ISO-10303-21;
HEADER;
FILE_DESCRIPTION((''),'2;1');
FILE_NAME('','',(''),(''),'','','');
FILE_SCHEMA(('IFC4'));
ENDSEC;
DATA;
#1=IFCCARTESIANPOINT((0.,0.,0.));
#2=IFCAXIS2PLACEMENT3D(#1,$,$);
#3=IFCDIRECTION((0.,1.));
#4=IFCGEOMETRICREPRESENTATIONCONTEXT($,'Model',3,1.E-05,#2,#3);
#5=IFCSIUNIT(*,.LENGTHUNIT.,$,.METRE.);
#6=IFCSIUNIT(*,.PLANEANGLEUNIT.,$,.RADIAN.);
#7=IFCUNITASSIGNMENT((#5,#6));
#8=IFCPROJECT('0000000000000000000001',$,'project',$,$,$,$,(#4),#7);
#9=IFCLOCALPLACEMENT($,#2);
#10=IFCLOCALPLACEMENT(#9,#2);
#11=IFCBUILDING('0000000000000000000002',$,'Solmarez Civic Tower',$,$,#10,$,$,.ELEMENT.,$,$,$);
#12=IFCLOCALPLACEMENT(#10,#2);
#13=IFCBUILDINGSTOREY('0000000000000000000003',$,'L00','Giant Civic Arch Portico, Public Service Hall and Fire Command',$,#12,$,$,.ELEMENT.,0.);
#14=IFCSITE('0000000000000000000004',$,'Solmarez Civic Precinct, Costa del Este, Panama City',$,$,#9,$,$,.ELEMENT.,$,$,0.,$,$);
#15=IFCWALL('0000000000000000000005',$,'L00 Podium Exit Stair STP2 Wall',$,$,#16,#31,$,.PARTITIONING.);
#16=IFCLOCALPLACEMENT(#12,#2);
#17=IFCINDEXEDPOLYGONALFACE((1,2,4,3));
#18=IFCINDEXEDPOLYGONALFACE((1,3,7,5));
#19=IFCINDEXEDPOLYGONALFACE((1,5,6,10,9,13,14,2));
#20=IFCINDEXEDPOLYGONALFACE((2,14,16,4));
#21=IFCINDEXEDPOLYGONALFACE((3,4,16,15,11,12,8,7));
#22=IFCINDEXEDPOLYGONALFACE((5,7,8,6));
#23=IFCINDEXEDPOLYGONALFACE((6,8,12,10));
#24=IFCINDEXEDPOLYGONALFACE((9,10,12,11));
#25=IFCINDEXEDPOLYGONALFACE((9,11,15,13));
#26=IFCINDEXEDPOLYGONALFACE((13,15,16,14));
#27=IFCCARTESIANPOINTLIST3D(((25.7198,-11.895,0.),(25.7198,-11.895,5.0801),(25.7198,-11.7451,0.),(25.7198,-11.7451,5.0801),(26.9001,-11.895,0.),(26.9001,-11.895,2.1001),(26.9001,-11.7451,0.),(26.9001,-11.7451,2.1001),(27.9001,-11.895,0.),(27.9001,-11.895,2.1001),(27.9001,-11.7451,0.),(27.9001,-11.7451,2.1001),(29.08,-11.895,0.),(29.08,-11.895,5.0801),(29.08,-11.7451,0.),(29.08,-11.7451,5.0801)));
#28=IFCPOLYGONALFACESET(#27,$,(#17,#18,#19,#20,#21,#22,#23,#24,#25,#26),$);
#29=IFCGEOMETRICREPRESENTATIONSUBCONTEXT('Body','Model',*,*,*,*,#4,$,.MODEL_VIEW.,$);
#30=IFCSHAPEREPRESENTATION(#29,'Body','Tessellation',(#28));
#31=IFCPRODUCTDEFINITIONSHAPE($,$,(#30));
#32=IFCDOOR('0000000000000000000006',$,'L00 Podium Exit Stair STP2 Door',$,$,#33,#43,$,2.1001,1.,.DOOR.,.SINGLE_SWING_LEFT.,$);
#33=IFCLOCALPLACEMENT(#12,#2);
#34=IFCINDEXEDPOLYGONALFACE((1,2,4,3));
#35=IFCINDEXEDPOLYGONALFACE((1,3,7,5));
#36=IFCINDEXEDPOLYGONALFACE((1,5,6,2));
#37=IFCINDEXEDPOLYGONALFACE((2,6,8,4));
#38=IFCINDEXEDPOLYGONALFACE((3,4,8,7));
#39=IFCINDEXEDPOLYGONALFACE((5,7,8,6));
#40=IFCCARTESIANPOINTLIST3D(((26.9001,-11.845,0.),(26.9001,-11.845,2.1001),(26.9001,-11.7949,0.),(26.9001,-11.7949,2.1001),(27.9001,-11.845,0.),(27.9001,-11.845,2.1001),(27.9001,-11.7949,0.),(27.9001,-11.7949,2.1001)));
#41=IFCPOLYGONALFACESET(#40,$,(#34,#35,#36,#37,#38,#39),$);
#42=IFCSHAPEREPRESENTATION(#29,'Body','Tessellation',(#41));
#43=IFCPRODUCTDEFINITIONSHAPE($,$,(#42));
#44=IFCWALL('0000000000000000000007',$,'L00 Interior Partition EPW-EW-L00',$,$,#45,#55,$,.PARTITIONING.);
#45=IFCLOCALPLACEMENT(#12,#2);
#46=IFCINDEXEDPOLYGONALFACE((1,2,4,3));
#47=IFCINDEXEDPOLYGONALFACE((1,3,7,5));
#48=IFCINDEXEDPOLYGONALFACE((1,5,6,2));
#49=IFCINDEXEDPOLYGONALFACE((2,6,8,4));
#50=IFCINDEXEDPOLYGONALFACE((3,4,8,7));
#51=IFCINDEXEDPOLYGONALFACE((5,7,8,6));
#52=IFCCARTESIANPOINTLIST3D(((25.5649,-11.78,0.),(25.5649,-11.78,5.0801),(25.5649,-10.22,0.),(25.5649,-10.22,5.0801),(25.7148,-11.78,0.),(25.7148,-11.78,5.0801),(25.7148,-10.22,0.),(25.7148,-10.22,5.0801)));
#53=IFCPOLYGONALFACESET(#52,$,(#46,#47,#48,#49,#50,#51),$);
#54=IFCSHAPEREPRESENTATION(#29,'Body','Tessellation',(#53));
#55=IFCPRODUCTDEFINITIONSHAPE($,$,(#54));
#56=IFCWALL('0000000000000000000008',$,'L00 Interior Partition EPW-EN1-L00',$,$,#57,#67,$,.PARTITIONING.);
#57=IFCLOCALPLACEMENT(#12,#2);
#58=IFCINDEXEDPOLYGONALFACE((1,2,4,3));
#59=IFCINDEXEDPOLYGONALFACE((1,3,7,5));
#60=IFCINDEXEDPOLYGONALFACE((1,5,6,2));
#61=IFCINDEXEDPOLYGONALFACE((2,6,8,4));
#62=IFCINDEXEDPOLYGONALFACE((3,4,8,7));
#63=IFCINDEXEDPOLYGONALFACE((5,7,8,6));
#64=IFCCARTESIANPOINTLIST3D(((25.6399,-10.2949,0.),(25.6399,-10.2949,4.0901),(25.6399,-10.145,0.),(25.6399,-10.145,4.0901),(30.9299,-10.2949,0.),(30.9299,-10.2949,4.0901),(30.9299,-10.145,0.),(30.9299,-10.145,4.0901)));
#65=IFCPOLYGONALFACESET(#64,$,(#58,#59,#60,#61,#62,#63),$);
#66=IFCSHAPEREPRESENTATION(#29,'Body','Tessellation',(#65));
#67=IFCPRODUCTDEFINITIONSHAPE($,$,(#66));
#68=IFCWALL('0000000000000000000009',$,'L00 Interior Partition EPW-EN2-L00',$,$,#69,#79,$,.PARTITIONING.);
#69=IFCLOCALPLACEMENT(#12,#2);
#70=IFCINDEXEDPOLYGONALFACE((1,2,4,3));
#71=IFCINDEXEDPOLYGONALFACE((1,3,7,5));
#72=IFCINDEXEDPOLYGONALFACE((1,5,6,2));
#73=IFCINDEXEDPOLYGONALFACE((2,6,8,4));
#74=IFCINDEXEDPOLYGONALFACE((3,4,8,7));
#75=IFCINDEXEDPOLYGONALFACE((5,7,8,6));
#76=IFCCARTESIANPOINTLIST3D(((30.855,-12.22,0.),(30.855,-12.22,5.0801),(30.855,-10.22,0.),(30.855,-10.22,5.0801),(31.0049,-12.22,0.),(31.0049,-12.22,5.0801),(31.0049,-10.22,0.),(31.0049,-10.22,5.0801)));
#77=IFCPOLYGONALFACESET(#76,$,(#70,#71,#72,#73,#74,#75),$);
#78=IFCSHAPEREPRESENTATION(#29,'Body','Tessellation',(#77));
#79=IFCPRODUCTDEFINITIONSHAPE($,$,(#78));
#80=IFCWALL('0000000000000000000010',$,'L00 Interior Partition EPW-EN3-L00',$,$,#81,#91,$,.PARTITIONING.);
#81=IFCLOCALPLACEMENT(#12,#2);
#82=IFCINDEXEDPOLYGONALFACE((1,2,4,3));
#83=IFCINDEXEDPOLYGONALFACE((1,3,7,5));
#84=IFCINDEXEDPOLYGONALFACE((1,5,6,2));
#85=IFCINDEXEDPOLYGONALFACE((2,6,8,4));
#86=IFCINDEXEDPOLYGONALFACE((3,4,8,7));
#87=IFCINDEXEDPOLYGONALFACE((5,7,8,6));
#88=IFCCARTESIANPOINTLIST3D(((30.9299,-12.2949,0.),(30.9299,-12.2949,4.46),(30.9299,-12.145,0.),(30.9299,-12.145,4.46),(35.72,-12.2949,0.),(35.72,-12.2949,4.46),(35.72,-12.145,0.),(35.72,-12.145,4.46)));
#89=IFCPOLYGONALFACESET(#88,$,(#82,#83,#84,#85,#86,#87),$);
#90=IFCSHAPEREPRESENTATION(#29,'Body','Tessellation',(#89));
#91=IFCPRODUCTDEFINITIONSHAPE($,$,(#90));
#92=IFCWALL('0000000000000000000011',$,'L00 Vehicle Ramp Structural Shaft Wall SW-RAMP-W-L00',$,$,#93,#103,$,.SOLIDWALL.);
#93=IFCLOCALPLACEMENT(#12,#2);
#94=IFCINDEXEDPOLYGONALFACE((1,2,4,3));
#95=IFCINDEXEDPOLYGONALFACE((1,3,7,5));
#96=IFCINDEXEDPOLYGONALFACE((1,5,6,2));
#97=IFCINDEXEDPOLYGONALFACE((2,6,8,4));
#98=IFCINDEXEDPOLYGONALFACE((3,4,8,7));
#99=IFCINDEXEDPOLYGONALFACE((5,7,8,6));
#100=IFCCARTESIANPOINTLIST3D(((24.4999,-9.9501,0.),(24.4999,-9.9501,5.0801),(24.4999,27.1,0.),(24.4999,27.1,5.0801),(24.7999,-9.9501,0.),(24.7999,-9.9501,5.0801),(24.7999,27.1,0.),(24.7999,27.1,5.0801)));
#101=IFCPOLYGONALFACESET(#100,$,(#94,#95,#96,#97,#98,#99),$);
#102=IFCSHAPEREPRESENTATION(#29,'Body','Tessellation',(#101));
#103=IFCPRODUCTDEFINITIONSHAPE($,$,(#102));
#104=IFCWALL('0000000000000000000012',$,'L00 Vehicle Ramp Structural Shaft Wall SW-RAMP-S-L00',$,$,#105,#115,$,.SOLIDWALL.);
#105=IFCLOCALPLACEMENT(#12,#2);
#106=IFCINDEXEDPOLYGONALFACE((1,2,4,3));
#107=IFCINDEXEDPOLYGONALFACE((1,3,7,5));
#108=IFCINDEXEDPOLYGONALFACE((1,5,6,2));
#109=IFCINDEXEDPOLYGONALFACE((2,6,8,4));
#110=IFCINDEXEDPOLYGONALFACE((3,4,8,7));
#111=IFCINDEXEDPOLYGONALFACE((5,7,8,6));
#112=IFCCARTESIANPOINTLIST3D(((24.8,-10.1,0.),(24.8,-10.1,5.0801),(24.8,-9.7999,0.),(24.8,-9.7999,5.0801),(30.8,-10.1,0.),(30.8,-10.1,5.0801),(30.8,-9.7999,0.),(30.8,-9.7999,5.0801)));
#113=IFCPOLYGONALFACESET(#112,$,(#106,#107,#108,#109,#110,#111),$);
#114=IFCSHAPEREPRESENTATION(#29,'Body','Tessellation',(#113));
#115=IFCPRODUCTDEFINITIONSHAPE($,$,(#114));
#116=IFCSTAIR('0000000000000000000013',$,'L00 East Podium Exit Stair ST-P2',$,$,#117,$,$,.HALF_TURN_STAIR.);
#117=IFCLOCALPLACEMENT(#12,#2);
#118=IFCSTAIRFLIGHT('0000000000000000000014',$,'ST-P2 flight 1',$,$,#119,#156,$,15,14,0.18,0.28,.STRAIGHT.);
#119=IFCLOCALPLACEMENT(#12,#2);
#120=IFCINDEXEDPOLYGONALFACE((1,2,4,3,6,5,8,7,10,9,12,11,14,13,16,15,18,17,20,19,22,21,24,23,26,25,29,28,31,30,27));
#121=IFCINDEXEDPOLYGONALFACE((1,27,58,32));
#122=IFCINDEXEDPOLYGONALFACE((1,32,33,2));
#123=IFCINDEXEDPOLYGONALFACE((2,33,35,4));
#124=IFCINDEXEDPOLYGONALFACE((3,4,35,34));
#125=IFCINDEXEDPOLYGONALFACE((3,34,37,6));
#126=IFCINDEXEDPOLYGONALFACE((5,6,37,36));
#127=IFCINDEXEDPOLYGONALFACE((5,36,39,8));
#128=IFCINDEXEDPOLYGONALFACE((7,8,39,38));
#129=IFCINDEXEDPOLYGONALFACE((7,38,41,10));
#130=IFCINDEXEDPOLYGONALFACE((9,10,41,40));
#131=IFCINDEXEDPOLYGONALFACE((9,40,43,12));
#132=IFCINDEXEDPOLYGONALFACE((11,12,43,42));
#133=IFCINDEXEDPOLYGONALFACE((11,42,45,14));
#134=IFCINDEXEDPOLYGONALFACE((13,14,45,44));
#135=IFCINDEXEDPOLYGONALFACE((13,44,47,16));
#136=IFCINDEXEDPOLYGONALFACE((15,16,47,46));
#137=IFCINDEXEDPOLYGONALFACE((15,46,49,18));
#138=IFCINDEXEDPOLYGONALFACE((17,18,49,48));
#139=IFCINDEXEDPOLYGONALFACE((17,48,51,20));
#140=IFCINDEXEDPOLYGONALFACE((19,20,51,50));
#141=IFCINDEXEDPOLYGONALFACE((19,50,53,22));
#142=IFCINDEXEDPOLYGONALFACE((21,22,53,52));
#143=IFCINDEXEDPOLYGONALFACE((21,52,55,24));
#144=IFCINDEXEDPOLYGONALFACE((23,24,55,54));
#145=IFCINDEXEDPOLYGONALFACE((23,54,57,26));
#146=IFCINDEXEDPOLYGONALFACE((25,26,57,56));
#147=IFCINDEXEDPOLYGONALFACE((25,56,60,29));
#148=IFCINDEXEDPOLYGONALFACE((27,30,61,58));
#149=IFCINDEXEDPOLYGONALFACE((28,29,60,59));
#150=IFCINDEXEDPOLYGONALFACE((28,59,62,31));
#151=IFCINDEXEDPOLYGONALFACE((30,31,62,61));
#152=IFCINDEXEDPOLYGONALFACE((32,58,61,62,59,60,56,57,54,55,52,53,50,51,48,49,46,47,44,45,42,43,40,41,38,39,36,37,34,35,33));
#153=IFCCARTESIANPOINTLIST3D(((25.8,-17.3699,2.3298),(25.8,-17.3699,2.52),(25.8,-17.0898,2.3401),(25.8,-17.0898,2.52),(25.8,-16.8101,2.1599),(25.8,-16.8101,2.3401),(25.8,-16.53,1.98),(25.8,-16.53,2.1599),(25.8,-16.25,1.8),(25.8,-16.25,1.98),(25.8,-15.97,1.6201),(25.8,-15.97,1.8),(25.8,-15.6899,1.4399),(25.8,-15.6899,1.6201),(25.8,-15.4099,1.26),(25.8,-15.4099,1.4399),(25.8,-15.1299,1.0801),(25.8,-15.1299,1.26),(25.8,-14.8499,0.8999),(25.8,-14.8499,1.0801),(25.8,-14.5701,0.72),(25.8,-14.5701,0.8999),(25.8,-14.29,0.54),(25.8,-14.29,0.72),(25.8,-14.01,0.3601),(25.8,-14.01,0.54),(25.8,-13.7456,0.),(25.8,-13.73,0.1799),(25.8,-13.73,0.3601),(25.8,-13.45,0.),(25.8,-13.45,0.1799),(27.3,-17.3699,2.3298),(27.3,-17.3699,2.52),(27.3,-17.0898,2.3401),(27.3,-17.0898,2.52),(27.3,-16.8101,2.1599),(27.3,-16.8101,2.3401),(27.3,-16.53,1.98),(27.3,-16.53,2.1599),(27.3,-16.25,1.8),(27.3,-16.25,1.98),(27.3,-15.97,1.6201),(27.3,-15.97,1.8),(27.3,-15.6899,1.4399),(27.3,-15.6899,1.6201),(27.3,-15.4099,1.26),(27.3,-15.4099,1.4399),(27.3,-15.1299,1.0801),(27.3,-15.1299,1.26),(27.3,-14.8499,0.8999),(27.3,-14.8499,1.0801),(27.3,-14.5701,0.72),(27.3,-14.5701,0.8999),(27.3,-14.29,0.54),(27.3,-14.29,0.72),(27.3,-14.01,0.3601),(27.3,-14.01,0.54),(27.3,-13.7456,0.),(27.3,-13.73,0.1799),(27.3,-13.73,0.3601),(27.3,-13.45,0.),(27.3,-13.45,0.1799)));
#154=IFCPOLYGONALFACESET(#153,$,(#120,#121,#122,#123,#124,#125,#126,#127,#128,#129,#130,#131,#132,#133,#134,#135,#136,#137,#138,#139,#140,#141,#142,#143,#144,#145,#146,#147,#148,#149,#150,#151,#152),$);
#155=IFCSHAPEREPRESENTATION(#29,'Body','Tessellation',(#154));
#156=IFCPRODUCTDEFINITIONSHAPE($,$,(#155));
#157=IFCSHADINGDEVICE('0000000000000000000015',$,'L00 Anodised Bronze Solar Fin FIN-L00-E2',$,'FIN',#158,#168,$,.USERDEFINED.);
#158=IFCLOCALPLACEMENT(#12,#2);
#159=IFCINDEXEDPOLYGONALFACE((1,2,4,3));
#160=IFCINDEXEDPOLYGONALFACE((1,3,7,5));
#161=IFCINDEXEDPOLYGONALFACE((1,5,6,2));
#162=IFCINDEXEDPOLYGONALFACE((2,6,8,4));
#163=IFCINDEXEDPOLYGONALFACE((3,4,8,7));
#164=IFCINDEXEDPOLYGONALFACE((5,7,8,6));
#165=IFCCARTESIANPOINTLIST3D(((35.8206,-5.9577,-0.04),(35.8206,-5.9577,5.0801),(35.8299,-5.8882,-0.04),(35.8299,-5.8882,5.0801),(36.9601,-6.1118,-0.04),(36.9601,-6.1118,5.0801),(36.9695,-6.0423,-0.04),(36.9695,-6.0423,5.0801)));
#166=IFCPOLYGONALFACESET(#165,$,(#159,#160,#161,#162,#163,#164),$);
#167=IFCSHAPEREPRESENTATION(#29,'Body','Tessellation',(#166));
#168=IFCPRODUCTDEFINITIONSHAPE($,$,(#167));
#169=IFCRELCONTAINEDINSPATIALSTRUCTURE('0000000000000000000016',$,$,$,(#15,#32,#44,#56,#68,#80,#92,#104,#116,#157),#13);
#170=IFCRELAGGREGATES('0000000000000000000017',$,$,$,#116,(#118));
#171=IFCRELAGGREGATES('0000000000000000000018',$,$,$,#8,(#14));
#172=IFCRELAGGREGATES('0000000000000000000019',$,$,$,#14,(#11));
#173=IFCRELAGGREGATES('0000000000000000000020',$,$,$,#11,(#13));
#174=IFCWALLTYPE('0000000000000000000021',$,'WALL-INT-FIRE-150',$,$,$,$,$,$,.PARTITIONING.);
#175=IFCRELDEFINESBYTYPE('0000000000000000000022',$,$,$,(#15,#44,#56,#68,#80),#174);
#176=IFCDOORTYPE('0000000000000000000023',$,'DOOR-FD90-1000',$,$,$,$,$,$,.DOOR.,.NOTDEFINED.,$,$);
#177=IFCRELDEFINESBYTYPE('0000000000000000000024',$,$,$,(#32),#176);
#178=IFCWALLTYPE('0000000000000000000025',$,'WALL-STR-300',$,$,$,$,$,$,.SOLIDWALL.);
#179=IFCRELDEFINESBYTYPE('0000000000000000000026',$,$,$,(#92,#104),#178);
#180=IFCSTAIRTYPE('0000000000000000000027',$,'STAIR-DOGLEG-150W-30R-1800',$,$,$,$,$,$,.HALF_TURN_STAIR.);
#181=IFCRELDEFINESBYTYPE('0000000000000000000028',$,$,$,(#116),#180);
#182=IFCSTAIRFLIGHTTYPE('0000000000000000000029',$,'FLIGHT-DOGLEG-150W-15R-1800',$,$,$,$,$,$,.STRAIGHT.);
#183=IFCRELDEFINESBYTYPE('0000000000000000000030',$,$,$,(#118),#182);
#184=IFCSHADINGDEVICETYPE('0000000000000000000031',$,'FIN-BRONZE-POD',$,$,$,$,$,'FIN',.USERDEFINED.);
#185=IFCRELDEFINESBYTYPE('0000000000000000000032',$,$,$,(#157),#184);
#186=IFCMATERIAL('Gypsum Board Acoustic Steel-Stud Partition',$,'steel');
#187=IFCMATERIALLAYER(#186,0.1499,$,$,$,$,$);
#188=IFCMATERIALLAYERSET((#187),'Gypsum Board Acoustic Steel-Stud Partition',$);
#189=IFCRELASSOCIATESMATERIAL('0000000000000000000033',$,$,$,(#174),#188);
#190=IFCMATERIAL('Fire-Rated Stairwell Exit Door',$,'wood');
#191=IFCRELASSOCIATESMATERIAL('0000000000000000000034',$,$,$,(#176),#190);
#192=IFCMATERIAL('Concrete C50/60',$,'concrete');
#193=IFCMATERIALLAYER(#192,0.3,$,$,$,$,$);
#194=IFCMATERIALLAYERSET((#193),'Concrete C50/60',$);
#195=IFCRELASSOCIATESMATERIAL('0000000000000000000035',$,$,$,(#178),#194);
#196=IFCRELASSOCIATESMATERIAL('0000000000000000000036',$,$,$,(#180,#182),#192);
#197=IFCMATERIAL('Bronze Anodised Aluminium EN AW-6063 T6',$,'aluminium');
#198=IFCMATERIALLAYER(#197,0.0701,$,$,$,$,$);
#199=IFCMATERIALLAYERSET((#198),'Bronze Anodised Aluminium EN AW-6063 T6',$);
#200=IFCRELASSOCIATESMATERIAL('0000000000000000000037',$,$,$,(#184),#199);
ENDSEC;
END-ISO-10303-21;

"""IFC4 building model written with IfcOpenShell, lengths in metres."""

from ifc_helpers import new_model, si_unit, direction, frame, frame_2d, origin, origin_2d, place, context, subcontext, project, spatial, polyline, rectangle, outline, extrude, material, layer, layer_set, type_object, element, fill, aggregate, save


model = new_model("IFC4")

# Units and contexts
model_context = context("Model", 3, precision=1e-05, world=origin(), true_north=direction((0.0, 1.0)))
body_context = subcontext(model_context, "Body", "Model", "MODEL_VIEW")
ifc_project = project(units=[si_unit("LENGTHUNIT", "METRE"), si_unit("PLANEANGLEUNIT", "RADIAN")], contexts=[model_context])

# Site, building, storey
site_placement = place(None, origin())
site = spatial("IfcSite", under=ifc_project, at=site_placement, Name="Solmarez Civic Precinct, Costa del Este, Panama City", CompositionType="ELEMENT", RefElevation=0.0)
building_placement = place(site_placement, origin())
building = spatial("IfcBuilding", under=site, at=building_placement, Name="Solmarez Civic Tower", CompositionType="ELEMENT")
storey_placement = place(building_placement, origin())
storey = spatial("IfcBuildingStorey", under=building, at=storey_placement, Name="L00", Description="Giant Civic Arch Portico, Public Service Hall and Fire Command", CompositionType="ELEMENT", Elevation=0.0)

# Shared definitions
ifc_material_1 = material(Name="Concrete C50/60", Category="concrete")

# Wall, opening, door
ifc_material_2 = material(Name="Gypsum Board Acoustic Steel-Stud Partition", Category="steel")
ifc_layer_1 = layer(ifc_material_2, 0.1499)
ifc_layer_set_1 = layer_set([ifc_layer_1], Name="Gypsum Board Acoustic Steel-Stud Partition")
wall_type_1 = type_object("IfcWallType", Name="WALL-INT-FIRE-150", PredefinedType="PARTITIONING", material=ifc_layer_set_1)
wall_1_placement = place(storey_placement, frame((29.0801, -11.8201, 0.0), z_axis=(0.0, 0.0, 1.0), x_axis=(-1.0, 0.0, 0.0)))
wall_1 = element("IfcWall", 1, at=wall_1_placement, inside=storey, type_object=wall_type_1, Name="L00 Podium Exit Stair STP2 Wall", PredefinedType="PARTITIONING", context=body_context, shape_type="SweptSolid", body=[
    extrude(rectangle(XDim=3.3601, YDim=0.1499, at=frame_2d((1.6802, 0.0))), origin(), (0.0, 0.0, 1.0), 5.0801),
])
opening_placement = place(wall_1_placement, frame((1.1799, 0.0, 0.0)))
opening = element("IfcOpeningElement", 2, at=opening_placement, cuts=wall_1, PredefinedType="OPENING", context=body_context, shape_type="SweptSolid", body=[
    extrude(rectangle(XDim=1.0, YDim=2.1001, at=frame_2d((0.5, 1.05))), frame((0.0, 0.085, 0.0), z_axis=(0.0, -1.0, 0.0), x_axis=(1.0, 0.0, 0.0)), (0.0, 0.0, 1.0), 0.1699),
])
ifc_material_3 = material(Name="Fire-Rated Stairwell Exit Door", Category="wood")
door_type = type_object("IfcDoorType", Name="DOOR-FD90-1000", OperationType="NOTDEFINED", PredefinedType="DOOR", material=ifc_material_3)
door_placement = place(opening_placement, origin())
door = element("IfcDoor", 3, at=door_placement, inside=storey, type_object=door_type, Name="L00 Podium Exit Stair STP2 Door", OperationType="SINGLE_SWING_LEFT", OverallHeight=2.1001, OverallWidth=1.0, PredefinedType="DOOR", context=body_context, shape_type="SweptSolid", body=[
    extrude(rectangle(XDim=1.0, YDim=2.1001, at=frame_2d((0.5, 1.05))), frame((0.0, 0.0249, 0.0), z_axis=(0.0, -1.0, 0.0), x_axis=(1.0, 0.0, 0.0)), (0.0, 0.0, 1.0), 0.05),
])
fill(opening, door)

# Walls
wall_2_placement = place(storey_placement, frame((25.6399, -11.78, 0.0), z_axis=(0.0, 0.0, 1.0), x_axis=(0.0, 1.0, 0.0)))
element("IfcWall", 4, at=wall_2_placement, inside=storey, type_object=wall_type_1, Name="L00 Interior Partition EPW-EW-L00", PredefinedType="PARTITIONING", context=body_context, shape_type="SweptSolid", body=[
    extrude(rectangle(XDim=1.5601, YDim=0.1499, at=frame_2d((0.78, 0.0))), origin(), (0.0, 0.0, 1.0), 5.0801),
])
wall_3_placement = place(storey_placement, frame((25.6399, -10.22, 0.0), z_axis=(0.0, 0.0, 1.0), x_axis=(1.0, 0.0, 0.0)))
element("IfcWall", 5, at=wall_3_placement, inside=storey, type_object=wall_type_1, Name="L00 Interior Partition EPW-EN1-L00", PredefinedType="PARTITIONING", context=body_context, shape_type="SweptSolid", body=[
    extrude(rectangle(XDim=5.29, YDim=0.1499, at=frame_2d((2.645, 0.0))), origin(), (0.0, 0.0, 1.0), 4.0901),
])
wall_4_placement = place(storey_placement, frame((30.9299, -12.22, 0.0), z_axis=(0.0, 0.0, 1.0), x_axis=(0.0, 1.0, 0.0)))
element("IfcWall", 6, at=wall_4_placement, inside=storey, type_object=wall_type_1, Name="L00 Interior Partition EPW-EN2-L00", PredefinedType="PARTITIONING", context=body_context, shape_type="SweptSolid", body=[
    extrude(rectangle(XDim=2.0, YDim=0.1499, at=frame_2d((1.0, 0.0))), origin(), (0.0, 0.0, 1.0), 5.0801),
])
wall_5_placement = place(storey_placement, frame((30.9299, -12.22, 0.0), z_axis=(0.0, 0.0, 1.0), x_axis=(1.0, 0.0, 0.0)))
element("IfcWall", 7, at=wall_5_placement, inside=storey, type_object=wall_type_1, Name="L00 Interior Partition EPW-EN3-L00", PredefinedType="PARTITIONING", context=body_context, shape_type="SweptSolid", body=[
    extrude(rectangle(XDim=4.79, YDim=0.1499, at=frame_2d((2.395, 0.0))), origin(), (0.0, 0.0, 1.0), 4.46),
])
ifc_layer_2 = layer(ifc_material_1, 0.3)
ifc_layer_set_2 = layer_set([ifc_layer_2], Name="Concrete C50/60")
wall_type_2 = type_object("IfcWallType", Name="WALL-STR-300", PredefinedType="SOLIDWALL", material=ifc_layer_set_2)
wall_6_placement = place(storey_placement, frame((24.6499, -9.95, 0.0), z_axis=(0.0, 0.0, 1.0), x_axis=(0.0, 1.0, 0.0)))
element("IfcWall", 8, at=wall_6_placement, inside=storey, type_object=wall_type_2, Name="L00 Vehicle Ramp Structural Shaft Wall SW-RAMP-W-L00", PredefinedType="SOLIDWALL", context=body_context, shape_type="SweptSolid", body=[
    extrude(rectangle(XDim=37.05, YDim=0.3, at=frame_2d((18.5249, 0.0))), origin(), (0.0, 0.0, 1.0), 5.0801),
])
wall_7_placement = place(storey_placement, frame((30.8, -9.95, 0.0), z_axis=(0.0, 0.0, 1.0), x_axis=(-1.0, 0.0, 0.0)))
element("IfcWall", 9, at=wall_7_placement, inside=storey, type_object=wall_type_2, Name="L00 Vehicle Ramp Structural Shaft Wall SW-RAMP-S-L00", PredefinedType="SOLIDWALL", context=body_context, shape_type="SweptSolid", body=[
    extrude(rectangle(XDim=6.0, YDim=0.3, at=frame_2d((3.0, 0.0))), origin(), (0.0, 0.0, 1.0), 5.0801),
])

# Stair, stair flight
stair_type = type_object("IfcStairType", Name="STAIR-DOGLEG-150W-30R-1800", PredefinedType="HALF_TURN_STAIR", material=ifc_material_1)
stair_placement = place(storey_placement, origin())
stair = element("IfcStair", 10, at=stair_placement, inside=storey, type_object=stair_type, Name="L00 East Podium Exit Stair ST-P2", PredefinedType="HALF_TURN_STAIR")
stair_flight_type = type_object("IfcStairFlightType", Name="FLIGHT-DOGLEG-150W-15R-1800", PredefinedType="STRAIGHT", material=ifc_material_1)
stair_flight_placement = place(storey_placement, frame((26.55, -13.45, 0.0), z_axis=(0.0, 0.0, 1.0), x_axis=(0.0, -1.0, 0.0)))
stair_flight = element("IfcStairFlight", 11, at=stair_flight_placement, type_object=stair_flight_type, Name="ST-P2 flight 1", NumberOfRisers=15, NumberOfTreads=14, PredefinedType="STRAIGHT", RiserHeight=0.18, TreadLength=0.28, context=body_context, shape_type="SweptSolid", body=[
    extrude(outline(polyline([(0.0, 0.0), (0.0, 0.1799), (0.28, 0.1799), (0.28, 0.3601), (0.5601, 0.3601), (0.5601, 0.54), (0.8401, 0.54), (0.8401, 0.72), (1.1201, 0.72), (1.1201, 0.8999), (1.3999, 0.8999), (1.3999, 1.0801), (1.6799, 1.0801), (1.6799, 1.26), (1.96, 1.26), (1.96, 1.4399), (2.24, 1.4399), (2.24, 1.6201), (2.52, 1.6201), (2.52, 1.8), (2.8, 1.8), (2.8, 1.98), (3.0801, 1.98), (3.0801, 2.1599), (3.3601, 2.1599), (3.3601, 2.3401), (3.6399, 2.3401), (3.6399, 2.52), (3.9199, 2.52), (3.9199, 2.7), (3.9199, 2.3298), (0.2957, 0.0), (0.0, 0.0)])), frame((0.0, 0.75, 0.0), z_axis=(0.0, -1.0, 0.0), x_axis=(1.0, 0.0, 0.0)), (0.0, 0.0, 1.0), 1.5),
])
aggregate(stair, [stair_flight])

# Shading device
ifc_material_4 = material(Name="Bronze Anodised Aluminium EN AW-6063 T6", Category="aluminium")
ifc_layer_3 = layer(ifc_material_4, 0.0701)
ifc_layer_set_3 = layer_set([ifc_layer_3], Name="Bronze Anodised Aluminium EN AW-6063 T6")
shading_device_type = type_object("IfcShadingDeviceType", Name="FIN-BRONZE-POD", ElementType="FIN", PredefinedType="USERDEFINED", material=ifc_layer_set_3)
shading_device_placement = place(storey_placement, frame((36.395, -6.0, -0.04), z_axis=(0.0, 0.0, 1.0), x_axis=(0.990983, -0.133986, 0.0)))
element("IfcShadingDevice", 12, at=shading_device_placement, inside=storey, type_object=shading_device_type, Name="L00 Anodised Bronze Solar Fin FIN-L00-E2", ObjectType="FIN", PredefinedType="USERDEFINED", context=body_context, shape_type="SweptSolid", body=[
    extrude(rectangle(XDim=1.1499, YDim=0.0701, at=origin_2d()), origin(), (0.0, 0.0, 1.0), 5.1201),
])

save(model, "model.ifc")
